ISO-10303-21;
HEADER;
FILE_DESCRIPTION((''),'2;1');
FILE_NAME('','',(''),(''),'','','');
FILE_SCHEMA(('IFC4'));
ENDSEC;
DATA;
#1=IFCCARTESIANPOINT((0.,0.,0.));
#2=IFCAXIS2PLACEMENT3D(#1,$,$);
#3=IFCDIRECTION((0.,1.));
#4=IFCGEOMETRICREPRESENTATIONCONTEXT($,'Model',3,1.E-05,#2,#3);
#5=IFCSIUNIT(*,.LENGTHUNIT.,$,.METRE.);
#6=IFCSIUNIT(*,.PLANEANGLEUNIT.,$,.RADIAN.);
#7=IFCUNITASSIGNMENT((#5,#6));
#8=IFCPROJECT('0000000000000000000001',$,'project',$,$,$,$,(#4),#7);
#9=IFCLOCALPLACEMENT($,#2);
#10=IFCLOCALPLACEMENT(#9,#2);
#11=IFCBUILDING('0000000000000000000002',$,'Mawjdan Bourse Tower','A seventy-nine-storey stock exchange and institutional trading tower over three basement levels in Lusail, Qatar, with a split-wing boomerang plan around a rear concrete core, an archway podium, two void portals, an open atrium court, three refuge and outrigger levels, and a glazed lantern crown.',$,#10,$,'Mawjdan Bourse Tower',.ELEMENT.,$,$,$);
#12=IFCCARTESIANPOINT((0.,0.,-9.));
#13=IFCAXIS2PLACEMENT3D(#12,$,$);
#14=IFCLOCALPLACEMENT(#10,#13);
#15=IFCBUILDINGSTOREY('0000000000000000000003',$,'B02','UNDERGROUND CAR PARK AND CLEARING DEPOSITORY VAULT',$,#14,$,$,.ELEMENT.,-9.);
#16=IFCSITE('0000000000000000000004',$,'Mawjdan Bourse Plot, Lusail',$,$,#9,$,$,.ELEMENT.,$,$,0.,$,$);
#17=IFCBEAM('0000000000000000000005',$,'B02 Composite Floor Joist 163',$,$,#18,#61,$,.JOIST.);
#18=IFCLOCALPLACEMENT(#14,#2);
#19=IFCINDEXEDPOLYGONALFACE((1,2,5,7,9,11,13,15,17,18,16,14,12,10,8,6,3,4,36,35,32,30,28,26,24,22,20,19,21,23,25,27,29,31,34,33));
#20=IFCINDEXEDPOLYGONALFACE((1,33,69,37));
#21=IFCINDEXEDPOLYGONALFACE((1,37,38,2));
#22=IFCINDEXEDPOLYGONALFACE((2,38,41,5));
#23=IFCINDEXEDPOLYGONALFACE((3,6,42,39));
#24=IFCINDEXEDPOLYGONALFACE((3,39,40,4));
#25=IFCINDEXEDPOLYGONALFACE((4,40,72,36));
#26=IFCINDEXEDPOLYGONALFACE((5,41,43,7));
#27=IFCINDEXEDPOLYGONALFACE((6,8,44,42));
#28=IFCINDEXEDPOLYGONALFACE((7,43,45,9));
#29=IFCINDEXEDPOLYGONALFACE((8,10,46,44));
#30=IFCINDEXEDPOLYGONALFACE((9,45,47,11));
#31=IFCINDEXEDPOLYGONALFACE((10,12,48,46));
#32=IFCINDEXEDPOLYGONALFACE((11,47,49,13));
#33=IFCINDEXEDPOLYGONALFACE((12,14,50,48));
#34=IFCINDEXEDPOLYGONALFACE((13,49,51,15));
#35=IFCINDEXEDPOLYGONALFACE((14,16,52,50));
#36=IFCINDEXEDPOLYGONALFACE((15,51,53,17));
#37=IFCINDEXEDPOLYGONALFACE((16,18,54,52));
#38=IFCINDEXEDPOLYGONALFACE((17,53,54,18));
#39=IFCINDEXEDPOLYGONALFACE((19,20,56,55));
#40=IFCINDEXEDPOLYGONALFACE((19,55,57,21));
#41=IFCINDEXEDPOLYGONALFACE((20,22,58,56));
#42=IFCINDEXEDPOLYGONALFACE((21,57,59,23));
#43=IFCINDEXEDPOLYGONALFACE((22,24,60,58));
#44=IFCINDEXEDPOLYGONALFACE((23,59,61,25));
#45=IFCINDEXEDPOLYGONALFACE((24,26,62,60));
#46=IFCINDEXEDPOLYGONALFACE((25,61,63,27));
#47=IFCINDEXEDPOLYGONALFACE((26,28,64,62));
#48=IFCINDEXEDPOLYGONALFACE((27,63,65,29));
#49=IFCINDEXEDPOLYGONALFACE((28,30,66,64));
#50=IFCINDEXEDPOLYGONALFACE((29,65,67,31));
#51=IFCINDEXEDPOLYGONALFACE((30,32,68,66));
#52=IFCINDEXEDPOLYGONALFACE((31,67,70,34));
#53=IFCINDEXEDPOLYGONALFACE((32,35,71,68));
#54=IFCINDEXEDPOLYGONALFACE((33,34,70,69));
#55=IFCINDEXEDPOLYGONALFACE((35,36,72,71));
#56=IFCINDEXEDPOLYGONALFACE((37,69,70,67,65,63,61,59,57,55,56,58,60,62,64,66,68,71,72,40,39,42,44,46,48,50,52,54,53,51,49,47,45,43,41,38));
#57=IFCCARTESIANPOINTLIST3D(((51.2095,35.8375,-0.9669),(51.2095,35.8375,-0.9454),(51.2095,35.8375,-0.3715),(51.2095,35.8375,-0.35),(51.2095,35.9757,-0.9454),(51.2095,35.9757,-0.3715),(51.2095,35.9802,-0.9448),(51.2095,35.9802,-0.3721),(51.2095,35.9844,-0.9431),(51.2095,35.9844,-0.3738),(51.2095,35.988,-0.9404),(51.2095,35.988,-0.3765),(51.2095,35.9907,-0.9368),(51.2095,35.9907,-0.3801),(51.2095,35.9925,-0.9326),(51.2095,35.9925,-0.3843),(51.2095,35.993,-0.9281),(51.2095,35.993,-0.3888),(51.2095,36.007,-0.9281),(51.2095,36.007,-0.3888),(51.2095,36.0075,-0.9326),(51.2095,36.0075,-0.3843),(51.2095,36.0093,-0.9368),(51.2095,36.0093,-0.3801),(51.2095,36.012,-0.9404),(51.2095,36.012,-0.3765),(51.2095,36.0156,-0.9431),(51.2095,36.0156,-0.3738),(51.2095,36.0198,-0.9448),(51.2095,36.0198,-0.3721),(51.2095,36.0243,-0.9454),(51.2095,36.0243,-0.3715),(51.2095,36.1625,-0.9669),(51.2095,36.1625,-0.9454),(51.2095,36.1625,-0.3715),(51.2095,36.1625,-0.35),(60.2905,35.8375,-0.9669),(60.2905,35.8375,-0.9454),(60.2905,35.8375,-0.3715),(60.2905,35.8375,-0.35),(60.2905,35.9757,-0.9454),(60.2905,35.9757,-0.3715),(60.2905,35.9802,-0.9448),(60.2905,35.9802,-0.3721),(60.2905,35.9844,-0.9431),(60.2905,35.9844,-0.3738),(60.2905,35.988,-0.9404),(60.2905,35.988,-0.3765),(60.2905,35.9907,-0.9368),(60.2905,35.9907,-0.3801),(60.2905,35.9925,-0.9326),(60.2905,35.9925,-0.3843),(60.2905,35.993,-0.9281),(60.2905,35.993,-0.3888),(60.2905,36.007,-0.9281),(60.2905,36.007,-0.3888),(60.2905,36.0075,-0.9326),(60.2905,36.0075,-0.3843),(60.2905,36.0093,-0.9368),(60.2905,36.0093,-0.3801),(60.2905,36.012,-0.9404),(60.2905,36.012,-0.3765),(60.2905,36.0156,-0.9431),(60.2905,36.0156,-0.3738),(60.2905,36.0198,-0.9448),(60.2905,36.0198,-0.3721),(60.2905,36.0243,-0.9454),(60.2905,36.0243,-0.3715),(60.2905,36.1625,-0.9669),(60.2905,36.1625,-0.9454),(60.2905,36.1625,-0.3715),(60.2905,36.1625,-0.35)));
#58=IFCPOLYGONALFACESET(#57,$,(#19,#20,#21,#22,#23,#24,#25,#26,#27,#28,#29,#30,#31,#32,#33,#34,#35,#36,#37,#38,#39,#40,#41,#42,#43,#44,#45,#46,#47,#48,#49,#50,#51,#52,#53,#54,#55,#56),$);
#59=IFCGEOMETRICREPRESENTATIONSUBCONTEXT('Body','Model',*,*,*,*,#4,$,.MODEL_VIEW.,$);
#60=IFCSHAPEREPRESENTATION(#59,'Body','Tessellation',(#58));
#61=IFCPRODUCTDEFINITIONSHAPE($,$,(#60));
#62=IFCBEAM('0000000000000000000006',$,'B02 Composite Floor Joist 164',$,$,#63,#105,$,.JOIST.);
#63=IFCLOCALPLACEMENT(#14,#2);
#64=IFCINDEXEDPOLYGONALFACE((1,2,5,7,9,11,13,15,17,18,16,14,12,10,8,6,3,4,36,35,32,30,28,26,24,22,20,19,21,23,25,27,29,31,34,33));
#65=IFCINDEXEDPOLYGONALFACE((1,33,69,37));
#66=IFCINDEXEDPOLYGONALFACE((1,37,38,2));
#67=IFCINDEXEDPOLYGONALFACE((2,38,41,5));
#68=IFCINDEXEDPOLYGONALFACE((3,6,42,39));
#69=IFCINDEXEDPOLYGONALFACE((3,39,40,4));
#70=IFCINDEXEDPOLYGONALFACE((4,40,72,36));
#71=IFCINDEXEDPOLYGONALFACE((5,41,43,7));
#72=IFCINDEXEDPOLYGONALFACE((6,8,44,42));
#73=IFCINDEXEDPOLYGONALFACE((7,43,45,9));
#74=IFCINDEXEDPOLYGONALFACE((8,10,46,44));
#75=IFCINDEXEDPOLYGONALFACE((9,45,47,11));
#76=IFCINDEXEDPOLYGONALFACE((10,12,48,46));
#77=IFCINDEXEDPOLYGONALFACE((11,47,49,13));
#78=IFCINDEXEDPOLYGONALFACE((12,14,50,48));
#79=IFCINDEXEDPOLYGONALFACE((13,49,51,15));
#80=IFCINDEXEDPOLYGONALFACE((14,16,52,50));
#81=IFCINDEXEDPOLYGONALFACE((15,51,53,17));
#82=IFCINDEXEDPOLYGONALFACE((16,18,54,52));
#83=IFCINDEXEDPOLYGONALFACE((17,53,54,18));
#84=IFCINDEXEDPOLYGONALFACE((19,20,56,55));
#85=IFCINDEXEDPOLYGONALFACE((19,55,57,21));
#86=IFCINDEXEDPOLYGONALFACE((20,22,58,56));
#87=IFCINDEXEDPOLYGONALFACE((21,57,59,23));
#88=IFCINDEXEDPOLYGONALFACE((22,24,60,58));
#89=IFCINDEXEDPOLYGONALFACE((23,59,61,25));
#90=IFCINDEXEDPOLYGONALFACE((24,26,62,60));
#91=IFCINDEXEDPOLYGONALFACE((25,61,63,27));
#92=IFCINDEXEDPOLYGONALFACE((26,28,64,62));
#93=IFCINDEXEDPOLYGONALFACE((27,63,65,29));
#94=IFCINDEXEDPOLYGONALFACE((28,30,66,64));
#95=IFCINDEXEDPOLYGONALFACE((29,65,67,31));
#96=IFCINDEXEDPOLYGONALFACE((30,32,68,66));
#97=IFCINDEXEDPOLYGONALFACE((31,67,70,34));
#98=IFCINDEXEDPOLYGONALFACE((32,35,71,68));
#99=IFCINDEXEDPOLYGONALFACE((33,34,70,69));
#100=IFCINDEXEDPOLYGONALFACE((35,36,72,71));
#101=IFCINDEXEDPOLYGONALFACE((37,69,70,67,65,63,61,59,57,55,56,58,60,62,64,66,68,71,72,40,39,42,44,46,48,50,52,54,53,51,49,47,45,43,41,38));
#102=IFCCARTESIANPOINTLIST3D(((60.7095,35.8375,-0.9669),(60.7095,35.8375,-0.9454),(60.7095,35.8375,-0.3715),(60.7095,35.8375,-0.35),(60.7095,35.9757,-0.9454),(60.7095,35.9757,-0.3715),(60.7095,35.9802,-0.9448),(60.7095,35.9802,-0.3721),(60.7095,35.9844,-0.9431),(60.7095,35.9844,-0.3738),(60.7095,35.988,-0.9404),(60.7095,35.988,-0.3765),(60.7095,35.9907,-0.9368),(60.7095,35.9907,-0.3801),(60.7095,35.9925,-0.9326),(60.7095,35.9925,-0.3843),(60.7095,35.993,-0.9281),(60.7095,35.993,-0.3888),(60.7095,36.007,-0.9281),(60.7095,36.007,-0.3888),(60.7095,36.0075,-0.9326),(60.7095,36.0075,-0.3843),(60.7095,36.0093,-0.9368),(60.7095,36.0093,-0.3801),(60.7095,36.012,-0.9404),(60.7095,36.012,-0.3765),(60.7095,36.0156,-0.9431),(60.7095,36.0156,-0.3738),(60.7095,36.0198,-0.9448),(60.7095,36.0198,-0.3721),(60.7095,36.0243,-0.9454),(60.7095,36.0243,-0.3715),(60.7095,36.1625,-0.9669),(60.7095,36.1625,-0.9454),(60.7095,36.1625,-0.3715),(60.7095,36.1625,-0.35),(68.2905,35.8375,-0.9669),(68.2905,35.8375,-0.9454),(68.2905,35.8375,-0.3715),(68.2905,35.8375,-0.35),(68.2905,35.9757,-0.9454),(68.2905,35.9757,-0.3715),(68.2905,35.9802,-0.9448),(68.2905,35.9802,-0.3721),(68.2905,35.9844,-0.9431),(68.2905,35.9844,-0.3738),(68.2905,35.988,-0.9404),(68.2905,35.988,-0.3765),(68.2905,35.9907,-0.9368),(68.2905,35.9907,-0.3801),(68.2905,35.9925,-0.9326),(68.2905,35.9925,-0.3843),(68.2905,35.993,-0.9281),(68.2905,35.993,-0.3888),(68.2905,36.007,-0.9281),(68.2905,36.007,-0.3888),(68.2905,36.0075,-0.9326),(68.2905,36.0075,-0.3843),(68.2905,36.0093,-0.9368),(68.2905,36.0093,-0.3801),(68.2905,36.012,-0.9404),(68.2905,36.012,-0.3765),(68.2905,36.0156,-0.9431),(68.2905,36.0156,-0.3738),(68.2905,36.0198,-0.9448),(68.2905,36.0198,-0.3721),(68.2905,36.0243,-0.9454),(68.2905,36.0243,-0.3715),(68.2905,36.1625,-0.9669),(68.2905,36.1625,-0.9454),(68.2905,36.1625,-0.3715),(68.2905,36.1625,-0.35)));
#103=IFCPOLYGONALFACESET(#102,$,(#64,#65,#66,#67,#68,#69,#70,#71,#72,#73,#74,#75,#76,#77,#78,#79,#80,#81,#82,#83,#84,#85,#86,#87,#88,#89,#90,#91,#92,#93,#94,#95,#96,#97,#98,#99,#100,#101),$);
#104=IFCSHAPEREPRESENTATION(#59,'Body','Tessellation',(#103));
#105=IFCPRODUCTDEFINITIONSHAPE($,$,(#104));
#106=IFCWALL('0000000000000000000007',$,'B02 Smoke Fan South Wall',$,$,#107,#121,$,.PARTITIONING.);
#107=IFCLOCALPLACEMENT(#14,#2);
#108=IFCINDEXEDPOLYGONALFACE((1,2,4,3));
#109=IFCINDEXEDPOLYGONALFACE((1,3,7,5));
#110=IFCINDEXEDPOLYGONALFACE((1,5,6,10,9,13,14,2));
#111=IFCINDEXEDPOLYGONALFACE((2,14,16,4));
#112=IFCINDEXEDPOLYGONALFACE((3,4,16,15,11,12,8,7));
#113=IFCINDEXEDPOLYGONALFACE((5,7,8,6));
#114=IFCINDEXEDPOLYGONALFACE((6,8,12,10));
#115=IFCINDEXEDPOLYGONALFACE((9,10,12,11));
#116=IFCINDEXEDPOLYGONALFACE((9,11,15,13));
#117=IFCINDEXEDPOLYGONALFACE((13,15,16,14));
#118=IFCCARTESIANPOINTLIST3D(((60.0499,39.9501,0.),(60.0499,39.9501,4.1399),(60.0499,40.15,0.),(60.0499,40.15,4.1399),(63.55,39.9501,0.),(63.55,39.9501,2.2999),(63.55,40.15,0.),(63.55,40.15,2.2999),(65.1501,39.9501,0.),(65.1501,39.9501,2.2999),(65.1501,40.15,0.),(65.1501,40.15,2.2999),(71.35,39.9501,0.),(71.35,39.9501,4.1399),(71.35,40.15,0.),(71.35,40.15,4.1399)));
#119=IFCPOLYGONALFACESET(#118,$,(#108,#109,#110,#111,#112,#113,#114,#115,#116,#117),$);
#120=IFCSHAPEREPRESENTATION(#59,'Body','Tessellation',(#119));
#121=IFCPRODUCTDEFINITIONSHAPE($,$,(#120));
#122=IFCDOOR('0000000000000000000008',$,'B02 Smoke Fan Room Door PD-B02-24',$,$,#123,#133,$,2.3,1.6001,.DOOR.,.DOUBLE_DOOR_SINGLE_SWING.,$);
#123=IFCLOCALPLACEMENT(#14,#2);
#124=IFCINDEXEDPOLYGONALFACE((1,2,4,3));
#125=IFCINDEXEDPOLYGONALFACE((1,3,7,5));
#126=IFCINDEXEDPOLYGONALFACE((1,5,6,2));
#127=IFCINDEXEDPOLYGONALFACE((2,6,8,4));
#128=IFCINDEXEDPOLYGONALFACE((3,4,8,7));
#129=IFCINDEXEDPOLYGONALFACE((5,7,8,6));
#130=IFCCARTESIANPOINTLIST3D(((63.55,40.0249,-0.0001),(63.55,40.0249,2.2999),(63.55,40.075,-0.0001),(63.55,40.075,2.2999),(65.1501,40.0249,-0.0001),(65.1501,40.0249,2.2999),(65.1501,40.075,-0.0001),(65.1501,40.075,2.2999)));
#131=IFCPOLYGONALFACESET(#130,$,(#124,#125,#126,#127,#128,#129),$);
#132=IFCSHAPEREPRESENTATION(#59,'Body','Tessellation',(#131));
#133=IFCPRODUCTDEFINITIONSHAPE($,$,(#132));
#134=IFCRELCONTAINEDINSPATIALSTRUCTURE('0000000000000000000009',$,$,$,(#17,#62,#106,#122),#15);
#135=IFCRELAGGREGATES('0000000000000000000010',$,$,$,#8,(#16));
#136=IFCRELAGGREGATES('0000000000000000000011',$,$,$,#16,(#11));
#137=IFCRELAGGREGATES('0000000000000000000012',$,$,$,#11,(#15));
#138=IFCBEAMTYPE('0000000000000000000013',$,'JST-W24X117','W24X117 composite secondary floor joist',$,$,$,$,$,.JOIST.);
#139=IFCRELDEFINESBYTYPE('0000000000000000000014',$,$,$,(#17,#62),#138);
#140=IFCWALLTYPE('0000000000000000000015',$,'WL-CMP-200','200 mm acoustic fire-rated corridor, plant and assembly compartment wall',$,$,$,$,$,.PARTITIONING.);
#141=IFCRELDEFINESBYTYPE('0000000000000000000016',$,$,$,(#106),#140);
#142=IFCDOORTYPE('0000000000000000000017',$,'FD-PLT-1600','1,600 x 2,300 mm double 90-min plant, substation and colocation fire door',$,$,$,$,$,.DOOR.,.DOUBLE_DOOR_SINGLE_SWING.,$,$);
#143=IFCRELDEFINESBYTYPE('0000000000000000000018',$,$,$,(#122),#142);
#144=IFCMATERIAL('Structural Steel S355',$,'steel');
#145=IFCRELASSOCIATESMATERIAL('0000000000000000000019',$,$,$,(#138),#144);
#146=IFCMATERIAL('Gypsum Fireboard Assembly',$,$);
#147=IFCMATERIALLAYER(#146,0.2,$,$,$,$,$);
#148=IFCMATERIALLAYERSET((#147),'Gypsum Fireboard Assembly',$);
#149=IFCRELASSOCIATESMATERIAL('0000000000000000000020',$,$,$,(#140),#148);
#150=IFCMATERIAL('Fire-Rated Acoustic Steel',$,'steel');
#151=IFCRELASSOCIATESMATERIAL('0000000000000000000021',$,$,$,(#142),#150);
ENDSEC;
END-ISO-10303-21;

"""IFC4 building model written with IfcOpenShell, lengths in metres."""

from ifc_helpers import new_model, si_unit, direction, frame, frame_2d, origin, origin_2d, place, context, subcontext, project, spatial, rectangle, i_section, extrude, material, layer, layer_set, material_profile, profile_set, type_object, element, fill, save


model = new_model("IFC4")

# Units and contexts
model_context = context("Model", 3, precision=1e-05, world=origin(), true_north=direction((0.0, 1.0)))
body_context = subcontext(model_context, "Body", "Model", "MODEL_VIEW")
ifc_project = project(units=[si_unit("LENGTHUNIT", "METRE"), si_unit("PLANEANGLEUNIT", "RADIAN")], contexts=[model_context])

# Site, building, storey
site_placement = place(None, origin())
site = spatial("IfcSite", under=ifc_project, at=site_placement, Name="Mawjdan Bourse Plot, Lusail", CompositionType="ELEMENT", RefElevation=0.0)
building_placement = place(site_placement, origin())
building = spatial("IfcBuilding", under=site, at=building_placement, Name="Mawjdan Bourse Tower", Description="A seventy-nine-storey stock exchange and institutional trading tower over three basement levels in Lusail, Qatar, with a split-wing boomerang plan around a rear concrete core, an archway podium, two void portals, an open atrium court, three refuge and outrigger levels, and a glazed lantern crown.", LongName="Mawjdan Bourse Tower", CompositionType="ELEMENT")
storey_placement = place(building_placement, frame((0.0, 0.0, -9.0)))
storey = spatial("IfcBuildingStorey", under=building, at=storey_placement, Name="B02", Description="UNDERGROUND CAR PARK AND CLEARING DEPOSITORY VAULT", CompositionType="ELEMENT", Elevation=-9.0)

# Beams
ifc_material_1 = material(Name="Structural Steel S355", Category="steel")
ifc_material_profile_1 = material_profile(ifc_material_1, i_section(OverallWidth=0.325, OverallDepth=0.6169, WebThickness=0.0139, FlangeThickness=0.0215, FilletRadius=0.0173, at=origin_2d()), Name="W24X117")
ifc_profile_set_1 = profile_set([ifc_material_profile_1], Name="Structural Steel S355")
beam_type_1 = type_object("IfcBeamType", Name="JST-W24X117", Description="W24X117 composite secondary floor joist", PredefinedType="JOIST", material=ifc_profile_set_1)
beam_1_placement = place(storey_placement, frame((51.2095, 36.0, -0.6584), z_axis=(1.0, 0.0, 0.0), x_axis=(0.0, 1.0, 0.0)))
element("IfcBeam", 1, at=beam_1_placement, inside=storey, type_object=beam_type_1, Name="B02 Composite Floor Joist 163", PredefinedType="JOIST", context=body_context, shape_type="SweptSolid", body=[
    extrude(i_section(OverallWidth=0.325, OverallDepth=0.6169, WebThickness=0.0139, FlangeThickness=0.0215, FilletRadius=0.0173, at=origin_2d()), origin(), (0.0, 0.0, 1.0), 9.0811),
])
beam_2_placement = place(storey_placement, frame((60.7095, 36.0, -0.6584), z_axis=(1.0, 0.0, 0.0), x_axis=(0.0, 1.0, 0.0)))
element("IfcBeam", 2, at=beam_2_placement, inside=storey, type_object=beam_type_1, Name="B02 Composite Floor Joist 164", PredefinedType="JOIST", context=body_context, shape_type="SweptSolid", body=[
    extrude(i_section(OverallWidth=0.325, OverallDepth=0.6169, WebThickness=0.0139, FlangeThickness=0.0215, FilletRadius=0.0173, at=origin_2d()), origin(), (0.0, 0.0, 1.0), 7.5811),
])

# Wall, opening, door
ifc_material_2 = material(Name="Gypsum Fireboard Assembly")
ifc_layer = layer(ifc_material_2, 0.2)
ifc_layer_set = layer_set([ifc_layer], Name="Gypsum Fireboard Assembly")
wall_type = type_object("IfcWallType", Name="WL-CMP-200", Description="200 mm acoustic fire-rated corridor, plant and assembly compartment wall", PredefinedType="PARTITIONING", material=ifc_layer_set)
wall_placement = place(storey_placement, frame((60.05, 40.05, 0.0), z_axis=(0.0, 0.0, 1.0), x_axis=(1.0, 0.0, 0.0)))
wall = element("IfcWall", 3, at=wall_placement, inside=storey, type_object=wall_type, Name="B02 Smoke Fan South Wall", PredefinedType="PARTITIONING", context=body_context, shape_type="SweptSolid", body=[
    extrude(rectangle(XDim=11.3, YDim=0.2, at=frame_2d((5.6499, 0.0))), origin(), (0.0, 0.0, 1.0), 4.1399),
])
opening_placement = place(wall_placement, frame((3.5, 0.0, 0.0)))
opening = element("IfcOpeningElement", 4, at=opening_placement, cuts=wall, PredefinedType="OPENING", context=body_context, shape_type="SweptSolid", body=[
    extrude(rectangle(XDim=1.6001, YDim=2.3, at=frame_2d((0.8, 1.1499))), frame((0.0, 0.1099, 0.0), z_axis=(0.0, -1.0, 0.0), x_axis=(1.0, 0.0, 0.0)), (0.0, 0.0, 1.0), 0.22),
])
ifc_material_3 = material(Name="Fire-Rated Acoustic Steel", Category="steel")
door_type = type_object("IfcDoorType", Name="FD-PLT-1600", Description="1,600 x 2,300 mm double 90-min plant, substation and colocation fire door", OperationType="DOUBLE_DOOR_SINGLE_SWING", PredefinedType="DOOR", material=ifc_material_3)
door_placement = place(opening_placement, origin())
door = element("IfcDoor", 5, at=door_placement, inside=storey, type_object=door_type, Name="B02 Smoke Fan Room Door PD-B02-24", OperationType="DOUBLE_DOOR_SINGLE_SWING", OverallHeight=2.3, OverallWidth=1.6001, PredefinedType="DOOR", context=body_context, shape_type="SweptSolid", body=[
    extrude(rectangle(XDim=1.6001, YDim=2.3, at=frame_2d((0.8, 1.1499))), frame((0.0, 0.0249, 0.0), z_axis=(0.0, -1.0, 0.0), x_axis=(1.0, 0.0, 0.0)), (0.0, 0.0, 1.0), 0.05),
])
fill(opening, door)

save(model, "model.ifc")
